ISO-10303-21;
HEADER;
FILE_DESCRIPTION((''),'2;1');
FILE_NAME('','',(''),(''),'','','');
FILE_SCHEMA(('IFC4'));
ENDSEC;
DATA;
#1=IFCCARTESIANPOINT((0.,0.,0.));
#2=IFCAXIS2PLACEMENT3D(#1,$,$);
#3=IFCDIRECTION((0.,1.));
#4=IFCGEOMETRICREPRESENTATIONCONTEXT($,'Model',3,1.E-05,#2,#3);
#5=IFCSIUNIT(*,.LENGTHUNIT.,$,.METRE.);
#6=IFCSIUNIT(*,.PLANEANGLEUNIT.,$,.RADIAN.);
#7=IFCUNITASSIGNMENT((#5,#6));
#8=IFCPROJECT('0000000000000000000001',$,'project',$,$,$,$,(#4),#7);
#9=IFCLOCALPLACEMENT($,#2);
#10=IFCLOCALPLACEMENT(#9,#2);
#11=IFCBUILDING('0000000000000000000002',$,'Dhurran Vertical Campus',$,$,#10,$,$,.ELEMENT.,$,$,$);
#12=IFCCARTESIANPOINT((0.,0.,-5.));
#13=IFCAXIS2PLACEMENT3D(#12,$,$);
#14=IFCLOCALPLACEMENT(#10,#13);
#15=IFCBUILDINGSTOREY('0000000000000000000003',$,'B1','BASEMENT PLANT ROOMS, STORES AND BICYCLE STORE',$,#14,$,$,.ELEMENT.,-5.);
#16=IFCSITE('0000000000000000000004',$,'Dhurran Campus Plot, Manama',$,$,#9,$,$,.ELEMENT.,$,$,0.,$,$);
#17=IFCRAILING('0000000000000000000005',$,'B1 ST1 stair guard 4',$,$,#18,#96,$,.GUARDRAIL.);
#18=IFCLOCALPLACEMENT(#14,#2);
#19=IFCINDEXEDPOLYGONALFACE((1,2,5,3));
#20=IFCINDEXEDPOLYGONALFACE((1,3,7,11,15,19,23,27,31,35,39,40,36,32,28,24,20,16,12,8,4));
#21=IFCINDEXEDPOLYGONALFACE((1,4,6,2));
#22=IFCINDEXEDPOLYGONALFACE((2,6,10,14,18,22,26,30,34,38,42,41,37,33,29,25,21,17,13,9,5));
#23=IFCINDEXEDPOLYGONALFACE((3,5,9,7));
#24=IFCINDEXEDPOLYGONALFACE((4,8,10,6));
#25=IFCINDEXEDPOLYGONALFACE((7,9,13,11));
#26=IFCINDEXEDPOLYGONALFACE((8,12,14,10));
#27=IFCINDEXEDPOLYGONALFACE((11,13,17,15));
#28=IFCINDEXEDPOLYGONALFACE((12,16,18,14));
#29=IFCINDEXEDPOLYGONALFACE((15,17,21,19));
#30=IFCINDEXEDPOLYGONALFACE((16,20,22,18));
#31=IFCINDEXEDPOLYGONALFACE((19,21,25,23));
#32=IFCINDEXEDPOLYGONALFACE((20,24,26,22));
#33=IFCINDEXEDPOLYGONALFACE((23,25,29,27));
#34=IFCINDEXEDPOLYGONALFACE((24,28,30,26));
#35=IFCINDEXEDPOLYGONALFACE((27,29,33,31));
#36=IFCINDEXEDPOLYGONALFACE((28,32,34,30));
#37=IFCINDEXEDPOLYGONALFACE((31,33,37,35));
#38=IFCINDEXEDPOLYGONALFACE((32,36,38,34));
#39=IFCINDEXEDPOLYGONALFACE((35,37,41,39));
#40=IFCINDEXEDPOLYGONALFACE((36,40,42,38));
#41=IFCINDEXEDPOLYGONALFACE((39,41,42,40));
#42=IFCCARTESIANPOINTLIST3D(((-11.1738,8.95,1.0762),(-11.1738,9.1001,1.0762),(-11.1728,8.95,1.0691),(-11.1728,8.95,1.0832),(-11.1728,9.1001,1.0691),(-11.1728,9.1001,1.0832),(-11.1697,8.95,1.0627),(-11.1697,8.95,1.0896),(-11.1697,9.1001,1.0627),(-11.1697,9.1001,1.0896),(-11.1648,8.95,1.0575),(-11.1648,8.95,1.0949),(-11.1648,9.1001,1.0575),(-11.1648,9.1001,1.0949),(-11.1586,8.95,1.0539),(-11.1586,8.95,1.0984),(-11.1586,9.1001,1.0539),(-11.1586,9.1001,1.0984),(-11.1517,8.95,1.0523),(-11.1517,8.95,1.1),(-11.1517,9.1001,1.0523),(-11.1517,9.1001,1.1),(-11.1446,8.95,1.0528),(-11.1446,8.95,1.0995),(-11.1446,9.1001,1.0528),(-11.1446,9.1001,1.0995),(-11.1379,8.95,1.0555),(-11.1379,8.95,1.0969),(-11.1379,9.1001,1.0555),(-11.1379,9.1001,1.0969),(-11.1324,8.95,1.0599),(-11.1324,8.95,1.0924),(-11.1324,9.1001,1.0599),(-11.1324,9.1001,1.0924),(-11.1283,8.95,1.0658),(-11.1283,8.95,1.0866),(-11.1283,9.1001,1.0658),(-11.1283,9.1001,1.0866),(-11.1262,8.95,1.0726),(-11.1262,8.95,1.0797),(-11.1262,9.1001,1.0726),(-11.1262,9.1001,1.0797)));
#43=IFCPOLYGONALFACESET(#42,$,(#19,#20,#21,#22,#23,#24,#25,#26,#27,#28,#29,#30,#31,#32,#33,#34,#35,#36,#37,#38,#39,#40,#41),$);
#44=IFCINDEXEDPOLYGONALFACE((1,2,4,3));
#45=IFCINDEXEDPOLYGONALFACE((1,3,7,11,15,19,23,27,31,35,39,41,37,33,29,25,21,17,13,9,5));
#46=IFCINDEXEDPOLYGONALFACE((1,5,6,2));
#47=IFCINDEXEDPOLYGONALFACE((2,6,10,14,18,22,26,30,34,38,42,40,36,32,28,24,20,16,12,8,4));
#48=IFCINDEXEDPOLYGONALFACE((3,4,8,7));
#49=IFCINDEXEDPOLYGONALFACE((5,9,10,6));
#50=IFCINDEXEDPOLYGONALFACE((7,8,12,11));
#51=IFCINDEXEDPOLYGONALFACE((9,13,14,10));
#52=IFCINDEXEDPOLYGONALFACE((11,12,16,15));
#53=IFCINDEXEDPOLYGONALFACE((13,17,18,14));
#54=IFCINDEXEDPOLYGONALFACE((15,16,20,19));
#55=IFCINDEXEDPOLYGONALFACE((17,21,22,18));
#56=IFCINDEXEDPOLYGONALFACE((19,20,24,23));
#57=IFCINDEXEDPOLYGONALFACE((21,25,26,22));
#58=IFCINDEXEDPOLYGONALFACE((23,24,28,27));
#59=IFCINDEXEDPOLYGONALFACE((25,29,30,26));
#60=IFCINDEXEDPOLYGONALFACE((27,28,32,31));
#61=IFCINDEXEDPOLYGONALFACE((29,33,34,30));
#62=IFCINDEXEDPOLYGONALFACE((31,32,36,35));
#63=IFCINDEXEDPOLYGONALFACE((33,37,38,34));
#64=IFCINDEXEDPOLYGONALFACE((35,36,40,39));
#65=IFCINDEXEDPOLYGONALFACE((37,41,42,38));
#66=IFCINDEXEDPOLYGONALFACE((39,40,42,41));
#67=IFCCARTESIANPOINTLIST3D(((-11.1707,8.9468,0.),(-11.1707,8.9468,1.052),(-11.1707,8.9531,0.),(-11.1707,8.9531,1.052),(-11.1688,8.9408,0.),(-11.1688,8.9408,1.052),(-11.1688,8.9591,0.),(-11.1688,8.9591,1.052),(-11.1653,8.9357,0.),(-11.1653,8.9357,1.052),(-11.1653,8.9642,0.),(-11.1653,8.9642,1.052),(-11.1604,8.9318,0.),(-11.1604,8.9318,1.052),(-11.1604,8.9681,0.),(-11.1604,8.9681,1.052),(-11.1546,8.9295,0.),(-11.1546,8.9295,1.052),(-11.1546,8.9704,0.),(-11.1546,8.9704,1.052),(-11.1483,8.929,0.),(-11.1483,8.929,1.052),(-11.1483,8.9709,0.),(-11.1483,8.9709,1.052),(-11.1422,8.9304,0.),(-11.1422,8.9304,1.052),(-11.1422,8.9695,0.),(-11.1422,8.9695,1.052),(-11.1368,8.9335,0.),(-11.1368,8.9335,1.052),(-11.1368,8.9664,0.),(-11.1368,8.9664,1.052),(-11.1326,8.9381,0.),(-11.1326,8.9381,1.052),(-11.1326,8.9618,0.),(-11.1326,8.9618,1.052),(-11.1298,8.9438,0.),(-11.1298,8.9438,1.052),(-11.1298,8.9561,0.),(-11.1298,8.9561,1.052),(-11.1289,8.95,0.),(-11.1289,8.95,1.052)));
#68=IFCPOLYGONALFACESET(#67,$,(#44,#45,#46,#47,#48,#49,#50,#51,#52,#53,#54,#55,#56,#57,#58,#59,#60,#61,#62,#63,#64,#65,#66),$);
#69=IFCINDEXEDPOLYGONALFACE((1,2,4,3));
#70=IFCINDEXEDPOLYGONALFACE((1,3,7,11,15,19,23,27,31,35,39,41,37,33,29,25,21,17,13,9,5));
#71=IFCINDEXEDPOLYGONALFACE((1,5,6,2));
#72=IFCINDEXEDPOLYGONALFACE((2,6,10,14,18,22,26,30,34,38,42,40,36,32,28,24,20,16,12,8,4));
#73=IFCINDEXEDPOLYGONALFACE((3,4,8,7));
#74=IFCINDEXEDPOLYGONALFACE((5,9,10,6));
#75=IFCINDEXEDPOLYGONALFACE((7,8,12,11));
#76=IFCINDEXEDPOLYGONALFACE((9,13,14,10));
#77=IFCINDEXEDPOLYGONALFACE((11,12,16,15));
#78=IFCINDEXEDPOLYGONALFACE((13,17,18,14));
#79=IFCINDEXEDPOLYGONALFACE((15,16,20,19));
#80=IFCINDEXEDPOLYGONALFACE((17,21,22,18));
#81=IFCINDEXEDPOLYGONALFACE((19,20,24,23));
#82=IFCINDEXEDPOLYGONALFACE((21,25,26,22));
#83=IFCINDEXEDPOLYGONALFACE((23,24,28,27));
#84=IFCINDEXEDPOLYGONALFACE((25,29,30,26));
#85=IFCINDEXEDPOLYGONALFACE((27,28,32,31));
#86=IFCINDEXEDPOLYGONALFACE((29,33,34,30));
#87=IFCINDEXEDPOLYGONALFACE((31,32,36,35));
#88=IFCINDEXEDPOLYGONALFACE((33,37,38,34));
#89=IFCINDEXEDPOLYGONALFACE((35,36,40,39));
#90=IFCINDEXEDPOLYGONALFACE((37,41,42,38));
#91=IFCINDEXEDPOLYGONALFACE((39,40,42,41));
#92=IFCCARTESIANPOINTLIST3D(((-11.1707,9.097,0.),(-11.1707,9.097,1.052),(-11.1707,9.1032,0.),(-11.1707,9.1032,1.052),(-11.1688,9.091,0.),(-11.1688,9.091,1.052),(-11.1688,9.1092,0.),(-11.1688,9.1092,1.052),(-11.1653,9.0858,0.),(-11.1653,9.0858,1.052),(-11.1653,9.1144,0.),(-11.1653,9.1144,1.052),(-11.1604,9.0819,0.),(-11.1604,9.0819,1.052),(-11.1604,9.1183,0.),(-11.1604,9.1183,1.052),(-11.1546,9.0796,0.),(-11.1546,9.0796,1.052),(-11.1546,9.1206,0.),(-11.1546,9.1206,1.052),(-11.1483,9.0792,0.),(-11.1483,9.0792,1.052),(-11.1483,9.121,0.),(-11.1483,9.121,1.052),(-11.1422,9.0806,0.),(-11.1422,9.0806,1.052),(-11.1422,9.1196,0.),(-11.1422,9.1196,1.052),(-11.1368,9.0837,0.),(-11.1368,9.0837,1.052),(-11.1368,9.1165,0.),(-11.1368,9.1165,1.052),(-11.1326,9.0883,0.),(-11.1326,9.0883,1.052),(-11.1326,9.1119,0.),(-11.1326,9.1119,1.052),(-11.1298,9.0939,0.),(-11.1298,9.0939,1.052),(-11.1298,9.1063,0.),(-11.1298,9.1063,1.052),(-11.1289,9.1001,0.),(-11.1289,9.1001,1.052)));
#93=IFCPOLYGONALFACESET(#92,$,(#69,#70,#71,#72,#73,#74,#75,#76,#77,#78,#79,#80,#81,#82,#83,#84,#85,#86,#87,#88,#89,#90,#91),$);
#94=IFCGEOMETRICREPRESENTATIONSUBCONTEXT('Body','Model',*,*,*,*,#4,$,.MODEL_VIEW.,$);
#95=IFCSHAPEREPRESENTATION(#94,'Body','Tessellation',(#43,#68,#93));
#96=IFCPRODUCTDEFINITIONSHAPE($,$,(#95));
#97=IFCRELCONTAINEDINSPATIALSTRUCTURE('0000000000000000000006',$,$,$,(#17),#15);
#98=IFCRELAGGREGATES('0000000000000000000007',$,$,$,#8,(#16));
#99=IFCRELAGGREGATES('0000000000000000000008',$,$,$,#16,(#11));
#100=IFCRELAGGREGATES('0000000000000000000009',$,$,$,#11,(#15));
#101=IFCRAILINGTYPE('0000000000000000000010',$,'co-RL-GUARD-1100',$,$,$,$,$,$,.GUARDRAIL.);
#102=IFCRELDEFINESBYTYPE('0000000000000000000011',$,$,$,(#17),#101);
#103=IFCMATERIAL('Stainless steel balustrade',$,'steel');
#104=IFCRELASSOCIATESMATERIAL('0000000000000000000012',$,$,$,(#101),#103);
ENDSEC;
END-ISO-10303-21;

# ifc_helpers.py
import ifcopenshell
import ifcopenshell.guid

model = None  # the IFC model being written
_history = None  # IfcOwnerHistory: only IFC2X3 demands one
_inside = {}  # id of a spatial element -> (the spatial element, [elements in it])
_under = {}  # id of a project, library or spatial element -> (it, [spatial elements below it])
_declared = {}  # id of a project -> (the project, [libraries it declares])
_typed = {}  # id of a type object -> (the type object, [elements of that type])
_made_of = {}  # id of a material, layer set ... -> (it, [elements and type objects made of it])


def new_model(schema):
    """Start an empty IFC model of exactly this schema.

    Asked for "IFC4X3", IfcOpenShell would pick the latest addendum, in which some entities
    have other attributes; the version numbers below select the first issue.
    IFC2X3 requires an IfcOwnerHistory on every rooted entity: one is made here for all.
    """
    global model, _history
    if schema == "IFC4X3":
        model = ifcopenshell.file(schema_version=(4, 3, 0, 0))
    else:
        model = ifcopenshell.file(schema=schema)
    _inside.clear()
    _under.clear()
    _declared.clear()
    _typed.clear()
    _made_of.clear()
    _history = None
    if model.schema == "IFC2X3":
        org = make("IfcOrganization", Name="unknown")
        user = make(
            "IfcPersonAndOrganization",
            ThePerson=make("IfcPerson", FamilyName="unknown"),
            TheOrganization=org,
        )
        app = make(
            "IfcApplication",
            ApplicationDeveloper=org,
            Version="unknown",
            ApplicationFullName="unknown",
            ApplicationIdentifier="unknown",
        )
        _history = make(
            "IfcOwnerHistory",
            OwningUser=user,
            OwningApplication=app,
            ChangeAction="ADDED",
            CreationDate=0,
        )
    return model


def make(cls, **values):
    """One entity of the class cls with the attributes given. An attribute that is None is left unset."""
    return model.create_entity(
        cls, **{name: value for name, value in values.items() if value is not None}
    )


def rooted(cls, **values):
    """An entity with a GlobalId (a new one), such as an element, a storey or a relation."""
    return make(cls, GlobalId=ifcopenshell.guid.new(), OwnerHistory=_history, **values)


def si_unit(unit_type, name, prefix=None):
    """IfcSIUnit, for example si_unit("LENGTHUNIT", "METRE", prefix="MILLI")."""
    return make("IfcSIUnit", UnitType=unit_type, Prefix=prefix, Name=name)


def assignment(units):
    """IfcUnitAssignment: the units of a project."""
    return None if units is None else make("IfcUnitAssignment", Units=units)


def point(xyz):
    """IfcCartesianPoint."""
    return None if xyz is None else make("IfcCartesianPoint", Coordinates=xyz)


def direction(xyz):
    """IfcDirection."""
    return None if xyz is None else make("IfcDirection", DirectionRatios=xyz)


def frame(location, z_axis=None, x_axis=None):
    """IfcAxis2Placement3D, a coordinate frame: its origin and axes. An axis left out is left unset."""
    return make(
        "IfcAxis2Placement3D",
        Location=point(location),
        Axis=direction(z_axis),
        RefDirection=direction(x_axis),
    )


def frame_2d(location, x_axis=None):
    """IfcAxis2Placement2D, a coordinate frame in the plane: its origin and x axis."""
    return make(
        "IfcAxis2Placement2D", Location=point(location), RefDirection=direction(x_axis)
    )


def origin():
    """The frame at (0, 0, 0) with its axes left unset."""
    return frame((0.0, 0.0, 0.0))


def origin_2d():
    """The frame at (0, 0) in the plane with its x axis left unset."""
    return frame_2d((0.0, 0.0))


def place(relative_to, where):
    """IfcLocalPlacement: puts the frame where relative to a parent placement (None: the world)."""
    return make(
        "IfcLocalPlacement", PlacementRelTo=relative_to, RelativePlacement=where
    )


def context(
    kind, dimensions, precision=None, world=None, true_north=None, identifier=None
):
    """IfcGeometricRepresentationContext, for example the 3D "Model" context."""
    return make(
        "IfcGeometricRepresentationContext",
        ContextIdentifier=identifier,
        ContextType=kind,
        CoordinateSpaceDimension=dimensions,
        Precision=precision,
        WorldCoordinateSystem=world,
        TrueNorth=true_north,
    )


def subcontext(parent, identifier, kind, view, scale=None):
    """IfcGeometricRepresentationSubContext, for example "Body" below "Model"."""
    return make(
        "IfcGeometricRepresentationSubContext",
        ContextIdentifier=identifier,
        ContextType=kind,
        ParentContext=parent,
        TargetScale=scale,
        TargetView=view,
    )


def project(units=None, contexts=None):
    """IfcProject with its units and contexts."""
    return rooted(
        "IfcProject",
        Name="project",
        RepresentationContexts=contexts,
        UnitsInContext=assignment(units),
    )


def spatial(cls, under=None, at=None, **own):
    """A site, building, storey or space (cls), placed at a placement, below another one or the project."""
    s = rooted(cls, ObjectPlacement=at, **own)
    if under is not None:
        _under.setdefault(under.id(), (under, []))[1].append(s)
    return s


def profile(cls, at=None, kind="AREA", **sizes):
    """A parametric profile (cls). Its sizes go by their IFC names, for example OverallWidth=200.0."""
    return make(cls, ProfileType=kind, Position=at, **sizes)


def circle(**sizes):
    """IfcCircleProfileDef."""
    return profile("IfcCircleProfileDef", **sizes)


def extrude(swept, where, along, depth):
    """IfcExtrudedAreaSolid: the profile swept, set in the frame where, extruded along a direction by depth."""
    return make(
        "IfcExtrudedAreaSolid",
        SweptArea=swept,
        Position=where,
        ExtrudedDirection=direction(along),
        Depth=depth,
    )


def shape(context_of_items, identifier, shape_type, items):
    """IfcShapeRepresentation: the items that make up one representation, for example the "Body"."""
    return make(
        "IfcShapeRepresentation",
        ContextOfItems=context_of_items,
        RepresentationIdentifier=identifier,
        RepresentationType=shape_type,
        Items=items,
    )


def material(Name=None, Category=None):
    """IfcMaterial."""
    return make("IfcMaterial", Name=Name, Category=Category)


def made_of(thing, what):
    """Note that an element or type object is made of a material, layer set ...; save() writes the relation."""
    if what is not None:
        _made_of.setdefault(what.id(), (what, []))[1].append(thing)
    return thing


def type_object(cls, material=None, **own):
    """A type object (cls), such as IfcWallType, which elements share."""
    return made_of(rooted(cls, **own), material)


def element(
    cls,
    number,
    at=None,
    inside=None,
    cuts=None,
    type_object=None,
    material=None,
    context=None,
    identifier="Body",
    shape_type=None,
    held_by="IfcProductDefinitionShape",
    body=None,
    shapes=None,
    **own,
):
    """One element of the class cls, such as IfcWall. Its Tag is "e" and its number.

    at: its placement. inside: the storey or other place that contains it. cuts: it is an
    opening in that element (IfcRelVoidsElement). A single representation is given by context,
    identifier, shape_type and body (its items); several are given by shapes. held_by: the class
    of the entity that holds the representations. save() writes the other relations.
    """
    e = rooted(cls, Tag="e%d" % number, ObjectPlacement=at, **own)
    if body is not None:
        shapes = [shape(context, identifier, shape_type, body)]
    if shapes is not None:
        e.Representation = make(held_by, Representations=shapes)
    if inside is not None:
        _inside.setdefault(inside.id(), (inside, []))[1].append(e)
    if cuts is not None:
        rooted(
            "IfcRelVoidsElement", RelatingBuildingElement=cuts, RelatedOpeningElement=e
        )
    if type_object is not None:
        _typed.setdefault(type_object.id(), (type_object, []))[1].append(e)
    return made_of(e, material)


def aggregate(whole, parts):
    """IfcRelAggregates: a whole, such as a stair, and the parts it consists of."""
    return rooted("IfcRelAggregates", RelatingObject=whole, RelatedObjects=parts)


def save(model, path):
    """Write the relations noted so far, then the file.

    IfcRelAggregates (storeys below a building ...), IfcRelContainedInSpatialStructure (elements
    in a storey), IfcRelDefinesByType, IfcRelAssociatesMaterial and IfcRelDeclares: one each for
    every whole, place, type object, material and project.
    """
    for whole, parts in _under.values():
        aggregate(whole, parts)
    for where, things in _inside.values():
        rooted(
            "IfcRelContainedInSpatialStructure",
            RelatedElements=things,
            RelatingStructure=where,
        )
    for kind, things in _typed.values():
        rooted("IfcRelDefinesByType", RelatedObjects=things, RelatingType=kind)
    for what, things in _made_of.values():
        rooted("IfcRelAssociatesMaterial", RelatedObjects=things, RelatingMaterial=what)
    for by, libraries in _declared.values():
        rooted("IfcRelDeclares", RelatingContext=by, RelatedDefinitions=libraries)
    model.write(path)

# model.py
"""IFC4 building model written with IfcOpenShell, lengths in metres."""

from ifc_helpers import new_model, si_unit, direction, frame, origin, origin_2d, place, context, subcontext, project, spatial, circle, extrude, material, type_object, element, save


model = new_model("IFC4")

# Units and contexts
model_context = context("Model", 3, precision=1e-05, world=origin(), true_north=direction((0.0, 1.0)))
body_context = subcontext(model_context, "Body", "Model", "MODEL_VIEW")
ifc_project = project(units=[si_unit("LENGTHUNIT", "METRE"), si_unit("PLANEANGLEUNIT", "RADIAN")], contexts=[model_context])

# Site, building, storey
site_placement = place(None, origin())
site = spatial("IfcSite", under=ifc_project, at=site_placement, Name="Dhurran Campus Plot, Manama", CompositionType="ELEMENT", RefElevation=0.0)
building_placement = place(site_placement, origin())
building = spatial("IfcBuilding", under=site, at=building_placement, Name="Dhurran Vertical Campus", CompositionType="ELEMENT")
storey_placement = place(building_placement, frame((0.0, 0.0, -5.0)))
storey = spatial("IfcBuildingStorey", under=building, at=storey_placement, Name="B1", Description="BASEMENT PLANT ROOMS, STORES AND BICYCLE STORE", CompositionType="ELEMENT", Elevation=-5.0)

# Railing
ifc_material_1 = material(Name="Stainless steel balustrade", Category="steel")
railing_type_1 = type_object("IfcRailingType", Name="co-RL-GUARD-1100", PredefinedType="GUARDRAIL", material=ifc_material_1)
railing_1_placement = place(storey_placement, frame((-11.1499, 8.95, 0.0)))
element("IfcRailing", 1, at=railing_1_placement, inside=storey, type_object=railing_type_1, Name="B1 ST1 stair guard 4", PredefinedType="GUARDRAIL", context=body_context, shape_type="SweptSolid", body=[
    extrude(circle(Radius=0.0239, at=origin_2d()), frame((0.0, 0.0, 1.0762), z_axis=(0.0, 1.0, 0.0), x_axis=(-1.0, 0.0, 0.0)), (0.0, 0.0, 1.0), 0.1501),
    extrude(circle(Radius=0.021, at=origin_2d()), origin(), (0.0, 0.0, 1.0), 1.052),
    extrude(circle(Radius=0.021, at=origin_2d()), frame((0.0, 0.1501, 0.0)), (0.0, 0.0, 1.0), 1.052),
])

save(model, "model.ifc")
